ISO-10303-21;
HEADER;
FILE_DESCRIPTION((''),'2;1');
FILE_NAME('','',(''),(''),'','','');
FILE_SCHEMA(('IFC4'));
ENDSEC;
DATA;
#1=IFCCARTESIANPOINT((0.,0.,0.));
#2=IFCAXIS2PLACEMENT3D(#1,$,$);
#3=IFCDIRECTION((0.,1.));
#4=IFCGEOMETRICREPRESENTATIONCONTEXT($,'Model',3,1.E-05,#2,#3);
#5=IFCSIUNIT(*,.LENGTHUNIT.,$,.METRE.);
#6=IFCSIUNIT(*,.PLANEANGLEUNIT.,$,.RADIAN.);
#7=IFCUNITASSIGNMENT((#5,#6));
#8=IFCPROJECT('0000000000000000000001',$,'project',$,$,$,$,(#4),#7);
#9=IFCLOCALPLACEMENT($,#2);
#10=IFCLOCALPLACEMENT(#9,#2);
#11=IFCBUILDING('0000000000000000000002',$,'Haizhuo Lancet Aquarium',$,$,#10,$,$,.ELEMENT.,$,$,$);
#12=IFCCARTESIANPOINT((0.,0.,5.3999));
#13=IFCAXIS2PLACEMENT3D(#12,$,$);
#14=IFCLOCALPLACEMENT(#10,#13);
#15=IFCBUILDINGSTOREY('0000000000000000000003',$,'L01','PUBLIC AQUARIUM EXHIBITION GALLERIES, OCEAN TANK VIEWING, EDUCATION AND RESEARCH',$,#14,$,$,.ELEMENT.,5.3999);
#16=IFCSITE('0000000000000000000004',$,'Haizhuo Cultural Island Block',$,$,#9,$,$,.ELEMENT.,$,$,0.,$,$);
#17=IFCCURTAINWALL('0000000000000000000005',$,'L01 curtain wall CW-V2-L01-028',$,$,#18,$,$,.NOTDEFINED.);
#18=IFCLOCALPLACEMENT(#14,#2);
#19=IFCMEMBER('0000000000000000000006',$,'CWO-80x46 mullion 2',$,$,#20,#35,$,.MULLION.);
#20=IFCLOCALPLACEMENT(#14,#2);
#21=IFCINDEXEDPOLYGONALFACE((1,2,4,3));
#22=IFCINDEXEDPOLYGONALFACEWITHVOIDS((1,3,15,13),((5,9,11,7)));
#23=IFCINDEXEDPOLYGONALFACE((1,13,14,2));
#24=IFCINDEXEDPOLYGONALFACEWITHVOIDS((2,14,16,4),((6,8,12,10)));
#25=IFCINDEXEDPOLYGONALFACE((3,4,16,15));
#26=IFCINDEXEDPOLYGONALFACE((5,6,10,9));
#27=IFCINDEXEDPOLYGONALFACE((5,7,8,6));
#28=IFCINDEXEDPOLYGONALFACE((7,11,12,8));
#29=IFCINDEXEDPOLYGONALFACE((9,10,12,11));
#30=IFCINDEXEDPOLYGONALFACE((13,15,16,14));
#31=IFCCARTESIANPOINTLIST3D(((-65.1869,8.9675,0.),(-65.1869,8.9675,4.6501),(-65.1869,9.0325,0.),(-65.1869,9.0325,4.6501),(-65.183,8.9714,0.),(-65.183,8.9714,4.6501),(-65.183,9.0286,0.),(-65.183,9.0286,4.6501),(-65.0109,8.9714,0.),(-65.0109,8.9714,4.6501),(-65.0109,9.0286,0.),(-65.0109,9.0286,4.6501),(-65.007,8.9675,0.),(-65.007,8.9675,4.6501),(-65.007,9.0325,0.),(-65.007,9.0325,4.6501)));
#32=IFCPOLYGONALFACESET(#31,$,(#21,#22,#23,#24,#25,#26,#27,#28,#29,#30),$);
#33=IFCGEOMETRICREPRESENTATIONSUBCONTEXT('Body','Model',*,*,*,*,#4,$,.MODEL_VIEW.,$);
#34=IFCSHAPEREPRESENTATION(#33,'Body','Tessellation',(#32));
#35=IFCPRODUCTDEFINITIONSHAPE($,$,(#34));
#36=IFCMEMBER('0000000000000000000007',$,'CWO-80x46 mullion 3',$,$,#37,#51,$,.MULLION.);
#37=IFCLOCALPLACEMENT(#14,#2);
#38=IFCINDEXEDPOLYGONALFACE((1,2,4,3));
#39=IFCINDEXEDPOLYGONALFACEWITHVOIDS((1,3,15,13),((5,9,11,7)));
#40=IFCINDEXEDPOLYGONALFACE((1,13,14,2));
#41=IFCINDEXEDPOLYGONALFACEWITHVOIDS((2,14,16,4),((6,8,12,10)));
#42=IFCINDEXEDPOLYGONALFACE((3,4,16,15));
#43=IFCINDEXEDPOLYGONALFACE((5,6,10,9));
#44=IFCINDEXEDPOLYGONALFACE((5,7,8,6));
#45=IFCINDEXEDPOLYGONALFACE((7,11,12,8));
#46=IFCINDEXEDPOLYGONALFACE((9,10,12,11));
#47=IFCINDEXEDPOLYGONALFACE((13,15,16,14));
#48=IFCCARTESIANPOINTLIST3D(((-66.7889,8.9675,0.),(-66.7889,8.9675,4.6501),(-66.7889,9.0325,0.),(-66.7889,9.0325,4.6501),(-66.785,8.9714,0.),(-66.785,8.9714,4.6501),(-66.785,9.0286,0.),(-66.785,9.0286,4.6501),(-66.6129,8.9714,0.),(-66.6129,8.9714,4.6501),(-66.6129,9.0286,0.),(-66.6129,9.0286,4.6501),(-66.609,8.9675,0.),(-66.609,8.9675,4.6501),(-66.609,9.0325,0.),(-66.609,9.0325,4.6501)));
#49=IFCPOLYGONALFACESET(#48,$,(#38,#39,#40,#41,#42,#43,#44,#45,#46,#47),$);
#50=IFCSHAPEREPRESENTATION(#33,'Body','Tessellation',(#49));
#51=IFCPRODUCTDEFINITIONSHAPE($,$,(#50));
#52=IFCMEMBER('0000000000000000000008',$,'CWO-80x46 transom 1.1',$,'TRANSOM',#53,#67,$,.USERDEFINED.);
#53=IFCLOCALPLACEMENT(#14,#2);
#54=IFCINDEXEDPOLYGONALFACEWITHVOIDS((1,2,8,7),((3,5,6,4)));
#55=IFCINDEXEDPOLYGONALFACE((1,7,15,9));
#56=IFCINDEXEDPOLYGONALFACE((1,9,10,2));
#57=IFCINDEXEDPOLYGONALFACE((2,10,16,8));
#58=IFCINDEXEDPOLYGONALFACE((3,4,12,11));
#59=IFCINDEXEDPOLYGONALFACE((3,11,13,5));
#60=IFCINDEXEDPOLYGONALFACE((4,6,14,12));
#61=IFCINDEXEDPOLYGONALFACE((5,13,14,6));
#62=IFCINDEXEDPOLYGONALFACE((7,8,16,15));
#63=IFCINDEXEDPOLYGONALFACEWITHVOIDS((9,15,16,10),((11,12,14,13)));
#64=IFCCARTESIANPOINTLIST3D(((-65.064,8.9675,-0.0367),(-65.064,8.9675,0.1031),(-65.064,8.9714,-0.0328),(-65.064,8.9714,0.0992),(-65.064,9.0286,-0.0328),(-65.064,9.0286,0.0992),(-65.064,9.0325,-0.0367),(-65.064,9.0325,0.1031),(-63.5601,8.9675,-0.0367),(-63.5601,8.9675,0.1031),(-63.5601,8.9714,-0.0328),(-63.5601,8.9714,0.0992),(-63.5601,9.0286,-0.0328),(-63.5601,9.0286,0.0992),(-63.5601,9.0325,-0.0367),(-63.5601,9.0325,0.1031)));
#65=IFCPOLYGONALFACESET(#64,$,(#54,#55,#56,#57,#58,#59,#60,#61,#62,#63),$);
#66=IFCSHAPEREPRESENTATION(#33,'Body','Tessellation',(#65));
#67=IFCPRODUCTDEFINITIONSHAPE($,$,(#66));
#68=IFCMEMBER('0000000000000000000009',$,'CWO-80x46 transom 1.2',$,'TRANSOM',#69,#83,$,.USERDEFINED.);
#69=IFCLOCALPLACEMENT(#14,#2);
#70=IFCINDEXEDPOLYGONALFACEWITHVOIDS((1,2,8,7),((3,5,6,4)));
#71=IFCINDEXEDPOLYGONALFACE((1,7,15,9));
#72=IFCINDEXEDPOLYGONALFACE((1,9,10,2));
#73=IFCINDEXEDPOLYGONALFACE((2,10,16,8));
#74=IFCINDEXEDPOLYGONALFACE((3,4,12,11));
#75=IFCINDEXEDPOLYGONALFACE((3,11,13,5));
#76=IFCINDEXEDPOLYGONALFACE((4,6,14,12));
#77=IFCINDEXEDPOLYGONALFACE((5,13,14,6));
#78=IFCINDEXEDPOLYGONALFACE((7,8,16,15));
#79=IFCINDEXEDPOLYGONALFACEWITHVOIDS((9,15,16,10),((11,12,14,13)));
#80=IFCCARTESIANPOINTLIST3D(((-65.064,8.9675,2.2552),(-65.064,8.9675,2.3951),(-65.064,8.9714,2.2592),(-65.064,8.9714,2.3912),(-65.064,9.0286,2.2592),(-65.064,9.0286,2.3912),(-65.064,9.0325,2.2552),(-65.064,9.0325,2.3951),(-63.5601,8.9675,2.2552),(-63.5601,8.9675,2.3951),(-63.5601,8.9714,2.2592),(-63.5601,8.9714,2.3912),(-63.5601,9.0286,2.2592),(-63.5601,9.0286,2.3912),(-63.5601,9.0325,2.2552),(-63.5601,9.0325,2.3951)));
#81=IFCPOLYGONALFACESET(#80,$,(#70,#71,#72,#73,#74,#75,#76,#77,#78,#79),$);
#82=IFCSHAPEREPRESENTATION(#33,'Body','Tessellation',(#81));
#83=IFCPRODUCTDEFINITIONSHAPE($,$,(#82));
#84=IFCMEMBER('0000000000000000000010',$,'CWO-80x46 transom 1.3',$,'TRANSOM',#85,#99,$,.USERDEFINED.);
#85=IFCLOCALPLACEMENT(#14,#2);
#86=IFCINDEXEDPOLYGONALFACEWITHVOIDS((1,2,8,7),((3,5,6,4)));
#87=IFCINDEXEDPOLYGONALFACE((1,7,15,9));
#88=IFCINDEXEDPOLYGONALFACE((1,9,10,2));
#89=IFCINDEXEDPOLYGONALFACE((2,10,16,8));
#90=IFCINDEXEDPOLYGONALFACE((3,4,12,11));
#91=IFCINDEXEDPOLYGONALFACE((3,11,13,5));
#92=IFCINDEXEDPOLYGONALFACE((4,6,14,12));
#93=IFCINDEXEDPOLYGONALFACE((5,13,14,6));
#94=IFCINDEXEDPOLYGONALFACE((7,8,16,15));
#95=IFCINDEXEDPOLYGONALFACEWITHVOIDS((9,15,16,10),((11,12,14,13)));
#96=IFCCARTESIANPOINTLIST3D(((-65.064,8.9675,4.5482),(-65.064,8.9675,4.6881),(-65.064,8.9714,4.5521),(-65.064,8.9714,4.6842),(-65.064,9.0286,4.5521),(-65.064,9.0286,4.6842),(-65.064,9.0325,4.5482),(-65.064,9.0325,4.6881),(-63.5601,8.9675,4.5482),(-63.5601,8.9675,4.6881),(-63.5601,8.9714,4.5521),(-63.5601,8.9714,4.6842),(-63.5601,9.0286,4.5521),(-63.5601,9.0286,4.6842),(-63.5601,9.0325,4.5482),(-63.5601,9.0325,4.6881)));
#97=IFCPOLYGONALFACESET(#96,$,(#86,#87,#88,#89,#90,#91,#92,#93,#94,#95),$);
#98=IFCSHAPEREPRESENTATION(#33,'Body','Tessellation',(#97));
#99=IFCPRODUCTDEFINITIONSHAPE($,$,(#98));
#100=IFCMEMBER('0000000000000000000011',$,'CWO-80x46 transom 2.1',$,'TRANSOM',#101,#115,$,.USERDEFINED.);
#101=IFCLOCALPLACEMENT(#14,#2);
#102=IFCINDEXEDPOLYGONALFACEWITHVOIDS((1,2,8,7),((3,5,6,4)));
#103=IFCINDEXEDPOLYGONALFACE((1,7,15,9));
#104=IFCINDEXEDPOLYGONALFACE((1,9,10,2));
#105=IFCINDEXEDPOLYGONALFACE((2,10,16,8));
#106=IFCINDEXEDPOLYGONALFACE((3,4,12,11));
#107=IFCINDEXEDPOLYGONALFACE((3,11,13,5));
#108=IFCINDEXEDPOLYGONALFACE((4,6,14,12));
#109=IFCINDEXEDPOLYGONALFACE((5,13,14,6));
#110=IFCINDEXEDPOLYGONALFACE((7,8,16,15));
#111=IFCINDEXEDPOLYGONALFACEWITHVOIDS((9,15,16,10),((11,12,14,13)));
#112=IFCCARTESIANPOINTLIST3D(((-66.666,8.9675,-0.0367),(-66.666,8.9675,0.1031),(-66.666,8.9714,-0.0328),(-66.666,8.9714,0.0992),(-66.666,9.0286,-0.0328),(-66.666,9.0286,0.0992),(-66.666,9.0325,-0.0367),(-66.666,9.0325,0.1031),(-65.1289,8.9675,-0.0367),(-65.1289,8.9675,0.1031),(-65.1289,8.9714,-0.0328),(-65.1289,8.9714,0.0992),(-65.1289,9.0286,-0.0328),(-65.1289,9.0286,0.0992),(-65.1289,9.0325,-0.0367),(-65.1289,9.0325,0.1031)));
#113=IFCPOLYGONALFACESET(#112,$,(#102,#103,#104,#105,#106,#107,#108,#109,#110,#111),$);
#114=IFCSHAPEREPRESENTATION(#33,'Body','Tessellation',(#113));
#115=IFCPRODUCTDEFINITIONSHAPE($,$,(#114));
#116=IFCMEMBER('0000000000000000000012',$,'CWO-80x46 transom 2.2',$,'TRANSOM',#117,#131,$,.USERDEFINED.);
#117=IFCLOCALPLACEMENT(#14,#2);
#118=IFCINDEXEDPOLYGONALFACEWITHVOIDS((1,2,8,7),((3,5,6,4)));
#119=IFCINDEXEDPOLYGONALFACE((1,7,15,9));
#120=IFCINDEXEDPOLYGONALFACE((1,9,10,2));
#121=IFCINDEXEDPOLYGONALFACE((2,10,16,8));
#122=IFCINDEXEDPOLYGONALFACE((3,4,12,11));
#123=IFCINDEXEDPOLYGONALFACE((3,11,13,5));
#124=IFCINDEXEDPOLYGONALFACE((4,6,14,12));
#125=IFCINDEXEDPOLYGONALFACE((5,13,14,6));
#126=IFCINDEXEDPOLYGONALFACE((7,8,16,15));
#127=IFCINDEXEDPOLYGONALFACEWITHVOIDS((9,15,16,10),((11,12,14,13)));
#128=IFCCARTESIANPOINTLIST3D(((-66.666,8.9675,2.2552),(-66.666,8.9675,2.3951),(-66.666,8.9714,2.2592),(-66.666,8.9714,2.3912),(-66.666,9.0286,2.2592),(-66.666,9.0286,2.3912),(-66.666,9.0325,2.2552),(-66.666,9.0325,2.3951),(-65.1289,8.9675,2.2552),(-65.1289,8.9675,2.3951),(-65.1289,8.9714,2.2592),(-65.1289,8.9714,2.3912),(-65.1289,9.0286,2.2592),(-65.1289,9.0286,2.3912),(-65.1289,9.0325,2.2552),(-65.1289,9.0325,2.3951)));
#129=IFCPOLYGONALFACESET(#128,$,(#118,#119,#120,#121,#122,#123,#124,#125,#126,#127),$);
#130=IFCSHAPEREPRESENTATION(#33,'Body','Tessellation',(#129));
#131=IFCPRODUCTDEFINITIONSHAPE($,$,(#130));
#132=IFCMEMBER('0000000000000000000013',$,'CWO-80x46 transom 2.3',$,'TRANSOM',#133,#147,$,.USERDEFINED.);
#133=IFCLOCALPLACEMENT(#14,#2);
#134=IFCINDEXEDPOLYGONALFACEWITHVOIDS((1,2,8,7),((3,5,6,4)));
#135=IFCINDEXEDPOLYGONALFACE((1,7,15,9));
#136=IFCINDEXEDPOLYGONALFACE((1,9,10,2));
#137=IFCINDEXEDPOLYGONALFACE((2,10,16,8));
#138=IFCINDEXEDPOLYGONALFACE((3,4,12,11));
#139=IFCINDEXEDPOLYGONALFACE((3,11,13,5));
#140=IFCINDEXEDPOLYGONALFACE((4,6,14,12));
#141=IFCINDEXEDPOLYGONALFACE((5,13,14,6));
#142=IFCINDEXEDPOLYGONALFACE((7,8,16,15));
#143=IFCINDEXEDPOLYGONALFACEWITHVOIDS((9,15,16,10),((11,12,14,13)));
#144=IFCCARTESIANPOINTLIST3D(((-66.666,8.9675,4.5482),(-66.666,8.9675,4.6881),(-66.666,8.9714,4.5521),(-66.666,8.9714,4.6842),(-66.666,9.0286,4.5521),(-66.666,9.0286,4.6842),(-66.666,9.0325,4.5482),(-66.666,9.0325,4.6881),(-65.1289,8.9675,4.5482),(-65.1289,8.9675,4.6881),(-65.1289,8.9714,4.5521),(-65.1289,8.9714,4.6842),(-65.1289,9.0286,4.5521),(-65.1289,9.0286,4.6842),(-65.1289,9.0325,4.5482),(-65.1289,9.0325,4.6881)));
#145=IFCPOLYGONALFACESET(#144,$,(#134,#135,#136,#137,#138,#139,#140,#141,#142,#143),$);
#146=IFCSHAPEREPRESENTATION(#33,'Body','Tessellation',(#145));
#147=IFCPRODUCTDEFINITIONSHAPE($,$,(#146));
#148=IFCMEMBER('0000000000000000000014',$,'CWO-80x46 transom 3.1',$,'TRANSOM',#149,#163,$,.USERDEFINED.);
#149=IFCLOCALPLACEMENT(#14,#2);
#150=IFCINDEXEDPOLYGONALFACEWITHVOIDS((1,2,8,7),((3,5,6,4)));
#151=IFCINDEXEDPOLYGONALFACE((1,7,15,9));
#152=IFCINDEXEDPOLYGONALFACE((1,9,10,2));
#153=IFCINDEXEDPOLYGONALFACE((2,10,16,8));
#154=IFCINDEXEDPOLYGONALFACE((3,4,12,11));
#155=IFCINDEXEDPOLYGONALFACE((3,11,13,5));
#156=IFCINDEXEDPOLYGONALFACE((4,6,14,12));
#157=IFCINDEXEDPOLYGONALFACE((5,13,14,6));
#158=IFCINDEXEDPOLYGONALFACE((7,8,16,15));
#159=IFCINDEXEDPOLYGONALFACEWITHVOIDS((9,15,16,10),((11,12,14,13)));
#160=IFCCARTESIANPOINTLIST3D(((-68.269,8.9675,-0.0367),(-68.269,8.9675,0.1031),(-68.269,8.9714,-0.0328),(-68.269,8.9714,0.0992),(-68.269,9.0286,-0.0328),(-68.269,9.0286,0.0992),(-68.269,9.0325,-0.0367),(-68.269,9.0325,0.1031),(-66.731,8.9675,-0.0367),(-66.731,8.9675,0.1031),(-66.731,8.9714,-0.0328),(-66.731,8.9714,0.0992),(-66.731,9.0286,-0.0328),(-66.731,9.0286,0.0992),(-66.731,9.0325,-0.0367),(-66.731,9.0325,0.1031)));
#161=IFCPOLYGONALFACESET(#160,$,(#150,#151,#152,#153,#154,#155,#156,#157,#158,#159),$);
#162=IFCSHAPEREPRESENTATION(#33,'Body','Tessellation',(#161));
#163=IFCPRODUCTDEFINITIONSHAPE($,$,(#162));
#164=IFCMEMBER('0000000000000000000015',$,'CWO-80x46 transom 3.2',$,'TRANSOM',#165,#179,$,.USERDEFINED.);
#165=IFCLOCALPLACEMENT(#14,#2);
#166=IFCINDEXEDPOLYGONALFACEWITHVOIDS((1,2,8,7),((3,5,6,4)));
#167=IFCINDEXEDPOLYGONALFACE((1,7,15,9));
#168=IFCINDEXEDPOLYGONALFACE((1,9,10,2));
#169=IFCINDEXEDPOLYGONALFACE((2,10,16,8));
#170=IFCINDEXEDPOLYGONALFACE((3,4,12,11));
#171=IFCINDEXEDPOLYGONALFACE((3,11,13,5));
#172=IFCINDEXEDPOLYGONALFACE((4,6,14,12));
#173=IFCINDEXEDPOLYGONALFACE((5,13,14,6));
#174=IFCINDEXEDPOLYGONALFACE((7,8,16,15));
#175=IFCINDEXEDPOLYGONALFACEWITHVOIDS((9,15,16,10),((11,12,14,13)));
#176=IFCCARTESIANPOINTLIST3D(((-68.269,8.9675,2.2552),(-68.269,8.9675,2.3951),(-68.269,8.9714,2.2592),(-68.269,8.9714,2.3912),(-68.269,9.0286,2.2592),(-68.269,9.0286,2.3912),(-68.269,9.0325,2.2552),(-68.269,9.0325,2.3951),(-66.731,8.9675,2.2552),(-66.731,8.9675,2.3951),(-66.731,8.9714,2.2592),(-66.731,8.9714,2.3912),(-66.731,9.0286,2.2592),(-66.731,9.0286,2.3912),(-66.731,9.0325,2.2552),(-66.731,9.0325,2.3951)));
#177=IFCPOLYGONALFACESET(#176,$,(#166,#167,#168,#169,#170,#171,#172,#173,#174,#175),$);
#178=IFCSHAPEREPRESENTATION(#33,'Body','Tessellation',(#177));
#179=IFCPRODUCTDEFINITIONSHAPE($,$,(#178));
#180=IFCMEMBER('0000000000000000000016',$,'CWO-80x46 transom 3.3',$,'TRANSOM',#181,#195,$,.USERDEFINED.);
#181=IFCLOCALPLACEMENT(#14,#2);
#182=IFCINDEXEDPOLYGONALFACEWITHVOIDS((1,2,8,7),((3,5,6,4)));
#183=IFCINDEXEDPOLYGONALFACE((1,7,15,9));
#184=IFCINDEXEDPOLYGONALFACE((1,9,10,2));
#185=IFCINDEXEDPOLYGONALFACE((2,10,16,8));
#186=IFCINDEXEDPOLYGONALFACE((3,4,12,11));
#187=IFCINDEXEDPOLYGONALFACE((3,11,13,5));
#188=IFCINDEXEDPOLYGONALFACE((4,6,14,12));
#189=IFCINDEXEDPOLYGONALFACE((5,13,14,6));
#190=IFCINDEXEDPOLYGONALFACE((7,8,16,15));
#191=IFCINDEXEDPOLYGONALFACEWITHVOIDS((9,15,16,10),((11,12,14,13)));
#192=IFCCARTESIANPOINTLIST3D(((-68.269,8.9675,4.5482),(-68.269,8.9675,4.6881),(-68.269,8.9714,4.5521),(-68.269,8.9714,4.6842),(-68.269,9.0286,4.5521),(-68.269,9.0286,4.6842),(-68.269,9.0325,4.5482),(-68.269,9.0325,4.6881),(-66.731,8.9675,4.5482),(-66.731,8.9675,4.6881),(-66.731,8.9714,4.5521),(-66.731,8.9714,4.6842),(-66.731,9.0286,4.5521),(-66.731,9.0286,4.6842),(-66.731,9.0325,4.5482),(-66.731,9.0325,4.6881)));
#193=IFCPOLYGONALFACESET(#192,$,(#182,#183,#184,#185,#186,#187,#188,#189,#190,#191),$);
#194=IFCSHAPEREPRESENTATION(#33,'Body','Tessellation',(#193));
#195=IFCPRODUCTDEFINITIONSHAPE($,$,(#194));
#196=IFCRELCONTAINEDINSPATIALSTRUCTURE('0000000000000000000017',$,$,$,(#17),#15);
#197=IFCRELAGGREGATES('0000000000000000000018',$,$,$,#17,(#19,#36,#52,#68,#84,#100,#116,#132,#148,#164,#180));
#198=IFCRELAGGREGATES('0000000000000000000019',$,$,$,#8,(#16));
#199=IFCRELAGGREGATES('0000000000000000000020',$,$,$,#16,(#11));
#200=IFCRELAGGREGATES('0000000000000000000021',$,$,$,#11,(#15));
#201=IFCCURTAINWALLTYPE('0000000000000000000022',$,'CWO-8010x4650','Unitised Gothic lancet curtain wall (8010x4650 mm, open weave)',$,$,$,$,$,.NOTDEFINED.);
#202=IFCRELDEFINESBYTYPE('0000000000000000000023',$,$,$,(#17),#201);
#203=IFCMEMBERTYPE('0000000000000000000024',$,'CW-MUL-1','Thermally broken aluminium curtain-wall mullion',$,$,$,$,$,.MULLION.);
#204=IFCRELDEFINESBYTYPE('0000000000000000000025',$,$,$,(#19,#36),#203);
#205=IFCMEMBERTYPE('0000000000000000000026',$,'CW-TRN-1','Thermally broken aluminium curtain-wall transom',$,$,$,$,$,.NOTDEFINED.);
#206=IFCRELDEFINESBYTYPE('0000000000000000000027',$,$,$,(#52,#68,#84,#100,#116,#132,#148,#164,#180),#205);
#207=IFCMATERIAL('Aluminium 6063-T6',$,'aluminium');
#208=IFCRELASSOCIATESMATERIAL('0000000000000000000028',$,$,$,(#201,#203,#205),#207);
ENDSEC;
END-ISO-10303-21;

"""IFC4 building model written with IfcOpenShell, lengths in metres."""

from ifc_helpers import new_model, si_unit, direction, frame, origin, origin_2d, place, context, subcontext, project, spatial, hollow_rectangle, extrude, material, material_profile, profile_set, type_object, element, aggregate, save


model = new_model("IFC4")

# Units and contexts
model_context = context("Model", 3, precision=1e-05, world=origin(), true_north=direction((0.0, 1.0)))
body_context = subcontext(model_context, "Body", "Model", "MODEL_VIEW")
ifc_project = project(units=[si_unit("LENGTHUNIT", "METRE"), si_unit("PLANEANGLEUNIT", "RADIAN")], contexts=[model_context])

# Site, building, storey
site_placement = place(None, origin())
site = spatial("IfcSite", under=ifc_project, at=site_placement, Name="Haizhuo Cultural Island Block", CompositionType="ELEMENT", RefElevation=0.0)
building_placement = place(site_placement, origin())
building = spatial("IfcBuilding", under=site, at=building_placement, Name="Haizhuo Lancet Aquarium", CompositionType="ELEMENT")
storey_placement = place(building_placement, frame((0.0, 0.0, 5.3999)))
storey = spatial("IfcBuildingStorey", under=building, at=storey_placement, Name="L01", Description="PUBLIC AQUARIUM EXHIBITION GALLERIES, OCEAN TANK VIEWING, EDUCATION AND RESEARCH", CompositionType="ELEMENT", Elevation=5.3999)

# Curtain wall, members
ifc_material_1 = material(Name="Aluminium 6063-T6", Category="aluminium")
curtain_wall_type = type_object("IfcCurtainWallType", Name="CWO-8010x4650", Description="Unitised Gothic lancet curtain wall (8010x4650 mm, open weave)", PredefinedType="NOTDEFINED", material=ifc_material_1)
curtain_wall_placement = place(storey_placement, origin())
curtain_wall = element("IfcCurtainWall", 1, at=curtain_wall_placement, inside=storey, type_object=curtain_wall_type, Name="L01 curtain wall CW-V2-L01-028", PredefinedType="NOTDEFINED")
ifc_material_profile_1 = material_profile(ifc_material_1, hollow_rectangle(XDim=0.0649, YDim=0.1799, WallThickness=0.0039, at=origin_2d()), Name="ALU-M 65x180x4")
ifc_profile_set_1 = profile_set([ifc_material_profile_1], Name="Aluminium 6063-T6")
member_type_1 = type_object("IfcMemberType", Name="CW-MUL-1", Description="Thermally broken aluminium curtain-wall mullion", PredefinedType="MULLION", material=ifc_profile_set_1)
member_1_placement = place(storey_placement, frame((-65.0969, 9.0, 0.0), z_axis=(0.0, 0.0, 1.0), x_axis=(0.0, -1.0, 0.0)))
member_1 = element("IfcMember", 2, at=member_1_placement, type_object=member_type_1, Name="CWO-80x46 mullion 2", PredefinedType="MULLION", context=body_context, shape_type="SweptSolid", body=[
    extrude(hollow_rectangle(XDim=0.0649, YDim=0.1799, WallThickness=0.0039, at=origin_2d()), origin(), (0.0, 0.0, 1.0), 4.6501),
])
member_2_placement = place(storey_placement, frame((-66.699, 9.0, 0.0), z_axis=(0.0, 0.0, 1.0), x_axis=(0.0, -1.0, 0.0)))
member_2 = element("IfcMember", 3, at=member_2_placement, type_object=member_type_1, Name="CWO-80x46 mullion 3", PredefinedType="MULLION", context=body_context, shape_type="SweptSolid", body=[
    extrude(hollow_rectangle(XDim=0.0649, YDim=0.1799, WallThickness=0.0039, at=origin_2d()), origin(), (0.0, 0.0, 1.0), 4.6501),
])
ifc_material_profile_2 = material_profile(ifc_material_1, hollow_rectangle(XDim=0.0649, YDim=0.1399, WallThickness=0.0039, at=origin_2d()), Name="ALU-T 65x140x4")
ifc_profile_set_2 = profile_set([ifc_material_profile_2], Name="Aluminium 6063-T6")
member_type_2 = type_object("IfcMemberType", Name="CW-TRN-1", Description="Thermally broken aluminium curtain-wall transom", PredefinedType="NOTDEFINED", material=ifc_profile_set_2)
member_3_placement = place(storey_placement, frame((-63.5601, 9.0, 0.0332), z_axis=(-1.0, 0.0, 0.0), x_axis=(0.0, -1.0, 0.0)))
member_3 = element("IfcMember", 4, at=member_3_placement, type_object=member_type_2, Name="CWO-80x46 transom 1.1", ObjectType="TRANSOM", PredefinedType="USERDEFINED", context=body_context, shape_type="SweptSolid", body=[
    extrude(hollow_rectangle(XDim=0.0649, YDim=0.1399, WallThickness=0.0039, at=origin_2d()), origin(), (0.0, 0.0, 1.0), 1.5039),
])
member_4_placement = place(storey_placement, frame((-63.5601, 9.0, 2.3252), z_axis=(-1.0, 0.0, 0.0), x_axis=(0.0, -1.0, 0.0)))
member_4 = element("IfcMember", 5, at=member_4_placement, type_object=member_type_2, Name="CWO-80x46 transom 1.2", ObjectType="TRANSOM", PredefinedType="USERDEFINED", context=body_context, shape_type="SweptSolid", body=[
    extrude(hollow_rectangle(XDim=0.0649, YDim=0.1399, WallThickness=0.0039, at=origin_2d()), origin(), (0.0, 0.0, 1.0), 1.5039),
])
member_5_placement = place(storey_placement, frame((-63.5601, 9.0, 4.6182), z_axis=(-1.0, 0.0, 0.0), x_axis=(0.0, -1.0, 0.0)))
member_5 = element("IfcMember", 6, at=member_5_placement, type_object=member_type_2, Name="CWO-80x46 transom 1.3", ObjectType="TRANSOM", PredefinedType="USERDEFINED", context=body_context, shape_type="SweptSolid", body=[
    extrude(hollow_rectangle(XDim=0.0649, YDim=0.1399, WallThickness=0.0039, at=origin_2d()), origin(), (0.0, 0.0, 1.0), 1.5039),
])
member_6_placement = place(storey_placement, frame((-65.1289, 9.0, 0.0332), z_axis=(-1.0, 0.0, 0.0), x_axis=(0.0, -1.0, 0.0)))
member_6 = element("IfcMember", 7, at=member_6_placement, type_object=member_type_2, Name="CWO-80x46 transom 2.1", ObjectType="TRANSOM", PredefinedType="USERDEFINED", context=body_context, shape_type="SweptSolid", body=[
    extrude(hollow_rectangle(XDim=0.0649, YDim=0.1399, WallThickness=0.0039, at=origin_2d()), origin(), (0.0, 0.0, 1.0), 1.5371),
])
member_7_placement = place(storey_placement, frame((-65.1289, 9.0, 2.3252), z_axis=(-1.0, 0.0, 0.0), x_axis=(0.0, -1.0, 0.0)))
member_7 = element("IfcMember", 8, at=member_7_placement, type_object=member_type_2, Name="CWO-80x46 transom 2.2", ObjectType="TRANSOM", PredefinedType="USERDEFINED", context=body_context, shape_type="SweptSolid", body=[
    extrude(hollow_rectangle(XDim=0.0649, YDim=0.1399, WallThickness=0.0039, at=origin_2d()), origin(), (0.0, 0.0, 1.0), 1.5371),
])
member_8_placement = place(storey_placement, frame((-65.1289, 9.0, 4.6182), z_axis=(-1.0, 0.0, 0.0), x_axis=(0.0, -1.0, 0.0)))
member_8 = element("IfcMember", 9, at=member_8_placement, type_object=member_type_2, Name="CWO-80x46 transom 2.3", ObjectType="TRANSOM", PredefinedType="USERDEFINED", context=body_context, shape_type="SweptSolid", body=[
    extrude(hollow_rectangle(XDim=0.0649, YDim=0.1399, WallThickness=0.0039, at=origin_2d()), origin(), (0.0, 0.0, 1.0), 1.5371),
])
member_9_placement = place(storey_placement, frame((-66.731, 9.0, 0.0332), z_axis=(-1.0, 0.0, 0.0), x_axis=(0.0, -1.0, 0.0)))
member_9 = element("IfcMember", 10, at=member_9_placement, type_object=member_type_2, Name="CWO-80x46 transom 3.1", ObjectType="TRANSOM", PredefinedType="USERDEFINED", context=body_context, shape_type="SweptSolid", body=[
    extrude(hollow_rectangle(XDim=0.0649, YDim=0.1399, WallThickness=0.0039, at=origin_2d()), origin(), (0.0, 0.0, 1.0), 1.5381),
])
member_10_placement = place(storey_placement, frame((-66.731, 9.0, 2.3252), z_axis=(-1.0, 0.0, 0.0), x_axis=(0.0, -1.0, 0.0)))
member_10 = element("IfcMember", 11, at=member_10_placement, type_object=member_type_2, Name="CWO-80x46 transom 3.2", ObjectType="TRANSOM", PredefinedType="USERDEFINED", context=body_context, shape_type="SweptSolid", body=[
    extrude(hollow_rectangle(XDim=0.0649, YDim=0.1399, WallThickness=0.0039, at=origin_2d()), origin(), (0.0, 0.0, 1.0), 1.5381),
])
member_11_placement = place(storey_placement, frame((-66.731, 9.0, 4.6182), z_axis=(-1.0, 0.0, 0.0), x_axis=(0.0, -1.0, 0.0)))
member_11 = element("IfcMember", 12, at=member_11_placement, type_object=member_type_2, Name="CWO-80x46 transom 3.3", ObjectType="TRANSOM", PredefinedType="USERDEFINED", context=body_context, shape_type="SweptSolid", body=[
    extrude(hollow_rectangle(XDim=0.0649, YDim=0.1399, WallThickness=0.0039, at=origin_2d()), origin(), (0.0, 0.0, 1.0), 1.5381),
])

aggregate(curtain_wall, [member_1, member_2, member_3, member_4, member_5, member_6, member_7, member_8, member_9, member_10, member_11])

save(model, "model.ifc")
